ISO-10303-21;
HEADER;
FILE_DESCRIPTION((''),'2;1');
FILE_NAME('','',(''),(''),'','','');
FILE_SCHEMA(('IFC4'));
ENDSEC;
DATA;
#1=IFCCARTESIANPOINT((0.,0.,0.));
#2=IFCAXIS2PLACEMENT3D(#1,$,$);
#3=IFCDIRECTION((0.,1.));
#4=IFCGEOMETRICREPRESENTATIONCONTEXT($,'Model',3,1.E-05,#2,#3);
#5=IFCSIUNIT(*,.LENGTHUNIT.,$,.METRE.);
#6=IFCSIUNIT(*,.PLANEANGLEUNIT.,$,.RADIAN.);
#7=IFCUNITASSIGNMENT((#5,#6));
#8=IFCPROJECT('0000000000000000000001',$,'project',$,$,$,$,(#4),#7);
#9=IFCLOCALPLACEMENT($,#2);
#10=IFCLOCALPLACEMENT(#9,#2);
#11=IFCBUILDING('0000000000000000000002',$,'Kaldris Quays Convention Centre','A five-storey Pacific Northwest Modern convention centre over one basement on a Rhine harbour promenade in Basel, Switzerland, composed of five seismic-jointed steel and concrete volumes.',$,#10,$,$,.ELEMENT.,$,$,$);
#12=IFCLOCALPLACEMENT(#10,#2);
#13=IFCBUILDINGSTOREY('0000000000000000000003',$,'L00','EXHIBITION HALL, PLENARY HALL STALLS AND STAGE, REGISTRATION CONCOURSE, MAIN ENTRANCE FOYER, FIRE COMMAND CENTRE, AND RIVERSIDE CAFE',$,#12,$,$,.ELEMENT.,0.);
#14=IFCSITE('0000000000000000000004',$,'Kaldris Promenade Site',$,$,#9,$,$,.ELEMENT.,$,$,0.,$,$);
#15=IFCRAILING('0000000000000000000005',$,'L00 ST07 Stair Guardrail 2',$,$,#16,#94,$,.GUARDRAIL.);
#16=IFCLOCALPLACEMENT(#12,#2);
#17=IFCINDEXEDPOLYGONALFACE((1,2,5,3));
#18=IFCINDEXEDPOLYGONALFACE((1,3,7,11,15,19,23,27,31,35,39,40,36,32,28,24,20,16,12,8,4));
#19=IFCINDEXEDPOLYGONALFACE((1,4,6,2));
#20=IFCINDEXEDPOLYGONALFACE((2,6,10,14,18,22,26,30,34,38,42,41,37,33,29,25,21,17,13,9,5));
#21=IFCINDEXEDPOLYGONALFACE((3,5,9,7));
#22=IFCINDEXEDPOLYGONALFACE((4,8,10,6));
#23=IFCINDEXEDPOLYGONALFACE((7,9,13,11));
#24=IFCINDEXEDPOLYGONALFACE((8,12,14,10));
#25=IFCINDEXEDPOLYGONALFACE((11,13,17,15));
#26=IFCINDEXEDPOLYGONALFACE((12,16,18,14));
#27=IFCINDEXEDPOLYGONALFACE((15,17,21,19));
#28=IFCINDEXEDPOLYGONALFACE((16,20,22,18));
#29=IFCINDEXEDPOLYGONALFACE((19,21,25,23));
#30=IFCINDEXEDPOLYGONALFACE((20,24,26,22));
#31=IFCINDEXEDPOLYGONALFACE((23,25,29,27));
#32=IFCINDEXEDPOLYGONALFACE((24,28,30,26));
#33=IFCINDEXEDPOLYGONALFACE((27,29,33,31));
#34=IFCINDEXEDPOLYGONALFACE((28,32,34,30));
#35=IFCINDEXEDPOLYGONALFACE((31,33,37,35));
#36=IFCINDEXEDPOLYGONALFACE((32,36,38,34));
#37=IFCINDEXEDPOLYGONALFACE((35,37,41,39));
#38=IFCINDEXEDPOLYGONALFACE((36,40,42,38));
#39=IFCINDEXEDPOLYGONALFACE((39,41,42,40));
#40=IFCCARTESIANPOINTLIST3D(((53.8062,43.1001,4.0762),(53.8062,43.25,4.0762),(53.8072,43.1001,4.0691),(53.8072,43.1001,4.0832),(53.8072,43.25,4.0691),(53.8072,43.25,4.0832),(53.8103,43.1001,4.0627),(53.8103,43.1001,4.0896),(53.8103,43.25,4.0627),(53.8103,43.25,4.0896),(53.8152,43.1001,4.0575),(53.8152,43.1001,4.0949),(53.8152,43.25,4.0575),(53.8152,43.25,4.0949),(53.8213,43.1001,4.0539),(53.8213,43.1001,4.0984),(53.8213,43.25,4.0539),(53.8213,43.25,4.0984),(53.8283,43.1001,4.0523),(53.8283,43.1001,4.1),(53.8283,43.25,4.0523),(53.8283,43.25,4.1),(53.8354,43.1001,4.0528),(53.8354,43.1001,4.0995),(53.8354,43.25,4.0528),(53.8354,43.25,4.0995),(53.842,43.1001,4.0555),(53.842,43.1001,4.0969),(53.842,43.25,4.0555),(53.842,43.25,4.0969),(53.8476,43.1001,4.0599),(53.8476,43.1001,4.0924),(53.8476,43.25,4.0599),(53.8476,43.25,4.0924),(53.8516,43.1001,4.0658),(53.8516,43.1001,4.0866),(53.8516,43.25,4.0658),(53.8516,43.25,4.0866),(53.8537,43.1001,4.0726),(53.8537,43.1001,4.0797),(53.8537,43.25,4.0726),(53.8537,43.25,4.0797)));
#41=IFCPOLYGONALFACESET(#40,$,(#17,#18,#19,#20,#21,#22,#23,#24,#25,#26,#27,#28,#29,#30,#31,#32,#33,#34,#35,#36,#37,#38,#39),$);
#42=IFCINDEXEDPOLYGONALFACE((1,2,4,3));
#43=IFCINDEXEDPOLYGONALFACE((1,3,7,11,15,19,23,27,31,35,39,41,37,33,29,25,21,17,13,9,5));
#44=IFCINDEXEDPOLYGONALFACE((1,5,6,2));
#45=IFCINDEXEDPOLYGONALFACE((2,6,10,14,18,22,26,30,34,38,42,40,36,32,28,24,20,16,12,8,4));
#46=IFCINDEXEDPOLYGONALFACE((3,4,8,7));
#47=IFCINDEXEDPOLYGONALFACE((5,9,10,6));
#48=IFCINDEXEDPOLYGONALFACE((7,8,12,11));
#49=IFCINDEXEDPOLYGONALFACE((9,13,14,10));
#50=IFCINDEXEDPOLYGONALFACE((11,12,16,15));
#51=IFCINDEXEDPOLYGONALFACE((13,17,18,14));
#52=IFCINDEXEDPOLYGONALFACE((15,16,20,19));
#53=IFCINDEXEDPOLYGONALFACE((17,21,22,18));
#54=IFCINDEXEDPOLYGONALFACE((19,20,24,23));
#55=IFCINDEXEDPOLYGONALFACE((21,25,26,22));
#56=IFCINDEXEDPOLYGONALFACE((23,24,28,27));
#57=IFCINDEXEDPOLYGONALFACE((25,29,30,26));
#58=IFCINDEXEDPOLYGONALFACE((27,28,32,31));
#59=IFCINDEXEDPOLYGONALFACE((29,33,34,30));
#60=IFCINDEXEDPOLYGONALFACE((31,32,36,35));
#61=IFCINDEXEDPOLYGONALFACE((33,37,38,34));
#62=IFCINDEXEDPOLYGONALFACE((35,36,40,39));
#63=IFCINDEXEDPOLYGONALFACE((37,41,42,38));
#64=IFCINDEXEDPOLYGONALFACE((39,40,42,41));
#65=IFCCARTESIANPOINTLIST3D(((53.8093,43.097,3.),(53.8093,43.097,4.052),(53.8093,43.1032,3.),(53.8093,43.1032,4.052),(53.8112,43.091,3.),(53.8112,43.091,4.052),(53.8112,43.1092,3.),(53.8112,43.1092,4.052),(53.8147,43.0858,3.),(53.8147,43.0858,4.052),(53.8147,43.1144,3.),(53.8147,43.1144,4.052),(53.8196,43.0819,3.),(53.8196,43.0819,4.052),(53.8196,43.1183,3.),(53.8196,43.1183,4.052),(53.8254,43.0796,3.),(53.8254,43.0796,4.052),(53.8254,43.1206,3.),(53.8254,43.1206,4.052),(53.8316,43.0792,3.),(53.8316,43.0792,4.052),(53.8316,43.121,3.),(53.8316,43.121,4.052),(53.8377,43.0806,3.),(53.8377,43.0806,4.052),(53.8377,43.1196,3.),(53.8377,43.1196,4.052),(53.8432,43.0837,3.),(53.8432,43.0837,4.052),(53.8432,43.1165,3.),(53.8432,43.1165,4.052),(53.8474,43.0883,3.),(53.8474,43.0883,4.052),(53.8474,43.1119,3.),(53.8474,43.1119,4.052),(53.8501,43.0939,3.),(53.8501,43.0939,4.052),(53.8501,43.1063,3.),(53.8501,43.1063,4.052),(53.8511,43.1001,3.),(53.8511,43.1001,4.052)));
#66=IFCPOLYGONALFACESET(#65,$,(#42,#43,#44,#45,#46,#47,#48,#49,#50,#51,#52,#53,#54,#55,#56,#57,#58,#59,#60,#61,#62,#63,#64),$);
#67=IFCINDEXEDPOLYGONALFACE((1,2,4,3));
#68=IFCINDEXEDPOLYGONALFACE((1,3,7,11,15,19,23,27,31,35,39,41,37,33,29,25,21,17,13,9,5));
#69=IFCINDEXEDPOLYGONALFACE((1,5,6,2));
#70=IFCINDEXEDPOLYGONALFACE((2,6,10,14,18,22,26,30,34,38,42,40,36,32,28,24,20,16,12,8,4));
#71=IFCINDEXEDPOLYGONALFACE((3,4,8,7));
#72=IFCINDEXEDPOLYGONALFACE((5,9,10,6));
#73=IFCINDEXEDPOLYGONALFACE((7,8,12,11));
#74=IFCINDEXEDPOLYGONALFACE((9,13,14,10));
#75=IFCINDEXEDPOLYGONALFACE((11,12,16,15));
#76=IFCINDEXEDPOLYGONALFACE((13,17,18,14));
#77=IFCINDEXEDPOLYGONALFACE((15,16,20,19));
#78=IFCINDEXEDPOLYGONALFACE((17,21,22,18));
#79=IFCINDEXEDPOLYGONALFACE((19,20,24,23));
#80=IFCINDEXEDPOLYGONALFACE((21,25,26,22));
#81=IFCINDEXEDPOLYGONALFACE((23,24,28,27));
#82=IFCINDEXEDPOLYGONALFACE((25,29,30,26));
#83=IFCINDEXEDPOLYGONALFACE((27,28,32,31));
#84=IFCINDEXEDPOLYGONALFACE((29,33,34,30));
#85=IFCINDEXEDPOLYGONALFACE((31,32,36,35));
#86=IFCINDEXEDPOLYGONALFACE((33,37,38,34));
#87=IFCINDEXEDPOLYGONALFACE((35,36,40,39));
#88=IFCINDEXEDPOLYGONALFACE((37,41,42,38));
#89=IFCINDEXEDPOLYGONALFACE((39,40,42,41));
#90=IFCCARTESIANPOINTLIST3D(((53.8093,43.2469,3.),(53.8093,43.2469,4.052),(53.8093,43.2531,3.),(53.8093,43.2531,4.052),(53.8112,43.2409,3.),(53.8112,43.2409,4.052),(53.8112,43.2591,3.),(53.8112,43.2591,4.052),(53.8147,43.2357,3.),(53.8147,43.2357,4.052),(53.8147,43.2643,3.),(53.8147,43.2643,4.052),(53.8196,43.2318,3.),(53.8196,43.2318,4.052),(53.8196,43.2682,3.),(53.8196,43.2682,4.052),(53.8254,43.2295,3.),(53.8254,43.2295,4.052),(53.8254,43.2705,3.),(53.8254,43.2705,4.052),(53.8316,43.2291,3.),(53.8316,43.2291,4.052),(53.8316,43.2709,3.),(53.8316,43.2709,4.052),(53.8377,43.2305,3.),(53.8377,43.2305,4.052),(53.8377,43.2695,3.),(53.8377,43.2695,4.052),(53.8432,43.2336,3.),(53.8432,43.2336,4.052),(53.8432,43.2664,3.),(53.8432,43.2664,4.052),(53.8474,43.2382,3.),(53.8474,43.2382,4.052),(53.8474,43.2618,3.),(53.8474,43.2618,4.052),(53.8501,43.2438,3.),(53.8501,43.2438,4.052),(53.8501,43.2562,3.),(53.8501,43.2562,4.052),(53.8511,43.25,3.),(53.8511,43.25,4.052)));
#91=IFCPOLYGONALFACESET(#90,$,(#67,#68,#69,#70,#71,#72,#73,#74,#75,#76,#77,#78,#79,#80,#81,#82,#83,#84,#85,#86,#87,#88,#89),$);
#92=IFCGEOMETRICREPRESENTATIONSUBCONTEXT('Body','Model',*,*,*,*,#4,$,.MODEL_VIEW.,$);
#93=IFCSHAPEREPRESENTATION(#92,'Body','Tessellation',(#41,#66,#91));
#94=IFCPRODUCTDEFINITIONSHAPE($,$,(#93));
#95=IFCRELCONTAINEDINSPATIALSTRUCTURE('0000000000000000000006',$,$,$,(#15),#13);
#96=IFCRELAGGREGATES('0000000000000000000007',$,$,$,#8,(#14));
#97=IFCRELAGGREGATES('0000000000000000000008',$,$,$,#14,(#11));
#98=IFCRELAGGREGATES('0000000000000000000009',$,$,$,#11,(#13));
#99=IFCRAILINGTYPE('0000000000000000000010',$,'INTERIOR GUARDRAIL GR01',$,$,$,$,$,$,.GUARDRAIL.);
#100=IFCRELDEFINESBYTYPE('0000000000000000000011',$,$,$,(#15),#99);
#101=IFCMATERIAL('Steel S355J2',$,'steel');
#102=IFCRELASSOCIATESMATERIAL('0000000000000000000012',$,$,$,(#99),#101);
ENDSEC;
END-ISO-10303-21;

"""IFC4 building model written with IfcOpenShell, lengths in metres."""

from ifc_helpers import new_model, si_unit, direction, frame, origin, origin_2d, place, context, subcontext, project, spatial, circle, extrude, material, type_object, element, save


model = new_model("IFC4")

# Units and contexts
model_context = context("Model", 3, precision=1e-05, world=origin(), true_north=direction((0.0, 1.0)))
body_context = subcontext(model_context, "Body", "Model", "MODEL_VIEW")
ifc_project = project(units=[si_unit("LENGTHUNIT", "METRE"), si_unit("PLANEANGLEUNIT", "RADIAN")], contexts=[model_context])

# Site, building, storey
site_placement = place(None, origin())
site = spatial("IfcSite", under=ifc_project, at=site_placement, Name="Kaldris Promenade Site", CompositionType="ELEMENT", RefElevation=0.0)
building_placement = place(site_placement, origin())
building = spatial("IfcBuilding", under=site, at=building_placement, Name="Kaldris Quays Convention Centre", Description="A five-storey Pacific Northwest Modern convention centre over one basement on a Rhine harbour promenade in Basel, Switzerland, composed of five seismic-jointed steel and concrete volumes.", CompositionType="ELEMENT")
storey_placement = place(building_placement, origin())
storey = spatial("IfcBuildingStorey", under=building, at=storey_placement, Name="L00", Description="EXHIBITION HALL, PLENARY HALL STALLS AND STAGE, REGISTRATION CONCOURSE, MAIN ENTRANCE FOYER, FIRE COMMAND CENTRE, AND RIVERSIDE CAFE", CompositionType="ELEMENT", Elevation=0.0)

# Shared definitions
ifc_material_1 = material(Name="Steel S355J2", Category="steel")

# Railing
railing_type_1 = type_object("IfcRailingType", Name="INTERIOR GUARDRAIL GR01", PredefinedType="GUARDRAIL", material=ifc_material_1)
railing_1_placement = place(storey_placement, frame((53.8301, 43.1001, 3.0)))
element("IfcRailing", 1, at=railing_1_placement, inside=storey, type_object=railing_type_1, Name="L00 ST07 Stair Guardrail 2", PredefinedType="GUARDRAIL", context=body_context, shape_type="SweptSolid", body=[
    extrude(circle(Radius=0.0239, at=origin_2d()), frame((0.0, 0.0, 1.0762), z_axis=(0.0, 1.0, 0.0), x_axis=(-1.0, 0.0, 0.0)), (0.0, 0.0, 1.0), 0.1499),
    extrude(circle(Radius=0.021, at=origin_2d()), origin(), (0.0, 0.0, 1.0), 1.052),
    extrude(circle(Radius=0.021, at=origin_2d()), frame((0.0, 0.1499, 0.0)), (0.0, 0.0, 1.0), 1.052),
])

save(model, "model.ifc")
